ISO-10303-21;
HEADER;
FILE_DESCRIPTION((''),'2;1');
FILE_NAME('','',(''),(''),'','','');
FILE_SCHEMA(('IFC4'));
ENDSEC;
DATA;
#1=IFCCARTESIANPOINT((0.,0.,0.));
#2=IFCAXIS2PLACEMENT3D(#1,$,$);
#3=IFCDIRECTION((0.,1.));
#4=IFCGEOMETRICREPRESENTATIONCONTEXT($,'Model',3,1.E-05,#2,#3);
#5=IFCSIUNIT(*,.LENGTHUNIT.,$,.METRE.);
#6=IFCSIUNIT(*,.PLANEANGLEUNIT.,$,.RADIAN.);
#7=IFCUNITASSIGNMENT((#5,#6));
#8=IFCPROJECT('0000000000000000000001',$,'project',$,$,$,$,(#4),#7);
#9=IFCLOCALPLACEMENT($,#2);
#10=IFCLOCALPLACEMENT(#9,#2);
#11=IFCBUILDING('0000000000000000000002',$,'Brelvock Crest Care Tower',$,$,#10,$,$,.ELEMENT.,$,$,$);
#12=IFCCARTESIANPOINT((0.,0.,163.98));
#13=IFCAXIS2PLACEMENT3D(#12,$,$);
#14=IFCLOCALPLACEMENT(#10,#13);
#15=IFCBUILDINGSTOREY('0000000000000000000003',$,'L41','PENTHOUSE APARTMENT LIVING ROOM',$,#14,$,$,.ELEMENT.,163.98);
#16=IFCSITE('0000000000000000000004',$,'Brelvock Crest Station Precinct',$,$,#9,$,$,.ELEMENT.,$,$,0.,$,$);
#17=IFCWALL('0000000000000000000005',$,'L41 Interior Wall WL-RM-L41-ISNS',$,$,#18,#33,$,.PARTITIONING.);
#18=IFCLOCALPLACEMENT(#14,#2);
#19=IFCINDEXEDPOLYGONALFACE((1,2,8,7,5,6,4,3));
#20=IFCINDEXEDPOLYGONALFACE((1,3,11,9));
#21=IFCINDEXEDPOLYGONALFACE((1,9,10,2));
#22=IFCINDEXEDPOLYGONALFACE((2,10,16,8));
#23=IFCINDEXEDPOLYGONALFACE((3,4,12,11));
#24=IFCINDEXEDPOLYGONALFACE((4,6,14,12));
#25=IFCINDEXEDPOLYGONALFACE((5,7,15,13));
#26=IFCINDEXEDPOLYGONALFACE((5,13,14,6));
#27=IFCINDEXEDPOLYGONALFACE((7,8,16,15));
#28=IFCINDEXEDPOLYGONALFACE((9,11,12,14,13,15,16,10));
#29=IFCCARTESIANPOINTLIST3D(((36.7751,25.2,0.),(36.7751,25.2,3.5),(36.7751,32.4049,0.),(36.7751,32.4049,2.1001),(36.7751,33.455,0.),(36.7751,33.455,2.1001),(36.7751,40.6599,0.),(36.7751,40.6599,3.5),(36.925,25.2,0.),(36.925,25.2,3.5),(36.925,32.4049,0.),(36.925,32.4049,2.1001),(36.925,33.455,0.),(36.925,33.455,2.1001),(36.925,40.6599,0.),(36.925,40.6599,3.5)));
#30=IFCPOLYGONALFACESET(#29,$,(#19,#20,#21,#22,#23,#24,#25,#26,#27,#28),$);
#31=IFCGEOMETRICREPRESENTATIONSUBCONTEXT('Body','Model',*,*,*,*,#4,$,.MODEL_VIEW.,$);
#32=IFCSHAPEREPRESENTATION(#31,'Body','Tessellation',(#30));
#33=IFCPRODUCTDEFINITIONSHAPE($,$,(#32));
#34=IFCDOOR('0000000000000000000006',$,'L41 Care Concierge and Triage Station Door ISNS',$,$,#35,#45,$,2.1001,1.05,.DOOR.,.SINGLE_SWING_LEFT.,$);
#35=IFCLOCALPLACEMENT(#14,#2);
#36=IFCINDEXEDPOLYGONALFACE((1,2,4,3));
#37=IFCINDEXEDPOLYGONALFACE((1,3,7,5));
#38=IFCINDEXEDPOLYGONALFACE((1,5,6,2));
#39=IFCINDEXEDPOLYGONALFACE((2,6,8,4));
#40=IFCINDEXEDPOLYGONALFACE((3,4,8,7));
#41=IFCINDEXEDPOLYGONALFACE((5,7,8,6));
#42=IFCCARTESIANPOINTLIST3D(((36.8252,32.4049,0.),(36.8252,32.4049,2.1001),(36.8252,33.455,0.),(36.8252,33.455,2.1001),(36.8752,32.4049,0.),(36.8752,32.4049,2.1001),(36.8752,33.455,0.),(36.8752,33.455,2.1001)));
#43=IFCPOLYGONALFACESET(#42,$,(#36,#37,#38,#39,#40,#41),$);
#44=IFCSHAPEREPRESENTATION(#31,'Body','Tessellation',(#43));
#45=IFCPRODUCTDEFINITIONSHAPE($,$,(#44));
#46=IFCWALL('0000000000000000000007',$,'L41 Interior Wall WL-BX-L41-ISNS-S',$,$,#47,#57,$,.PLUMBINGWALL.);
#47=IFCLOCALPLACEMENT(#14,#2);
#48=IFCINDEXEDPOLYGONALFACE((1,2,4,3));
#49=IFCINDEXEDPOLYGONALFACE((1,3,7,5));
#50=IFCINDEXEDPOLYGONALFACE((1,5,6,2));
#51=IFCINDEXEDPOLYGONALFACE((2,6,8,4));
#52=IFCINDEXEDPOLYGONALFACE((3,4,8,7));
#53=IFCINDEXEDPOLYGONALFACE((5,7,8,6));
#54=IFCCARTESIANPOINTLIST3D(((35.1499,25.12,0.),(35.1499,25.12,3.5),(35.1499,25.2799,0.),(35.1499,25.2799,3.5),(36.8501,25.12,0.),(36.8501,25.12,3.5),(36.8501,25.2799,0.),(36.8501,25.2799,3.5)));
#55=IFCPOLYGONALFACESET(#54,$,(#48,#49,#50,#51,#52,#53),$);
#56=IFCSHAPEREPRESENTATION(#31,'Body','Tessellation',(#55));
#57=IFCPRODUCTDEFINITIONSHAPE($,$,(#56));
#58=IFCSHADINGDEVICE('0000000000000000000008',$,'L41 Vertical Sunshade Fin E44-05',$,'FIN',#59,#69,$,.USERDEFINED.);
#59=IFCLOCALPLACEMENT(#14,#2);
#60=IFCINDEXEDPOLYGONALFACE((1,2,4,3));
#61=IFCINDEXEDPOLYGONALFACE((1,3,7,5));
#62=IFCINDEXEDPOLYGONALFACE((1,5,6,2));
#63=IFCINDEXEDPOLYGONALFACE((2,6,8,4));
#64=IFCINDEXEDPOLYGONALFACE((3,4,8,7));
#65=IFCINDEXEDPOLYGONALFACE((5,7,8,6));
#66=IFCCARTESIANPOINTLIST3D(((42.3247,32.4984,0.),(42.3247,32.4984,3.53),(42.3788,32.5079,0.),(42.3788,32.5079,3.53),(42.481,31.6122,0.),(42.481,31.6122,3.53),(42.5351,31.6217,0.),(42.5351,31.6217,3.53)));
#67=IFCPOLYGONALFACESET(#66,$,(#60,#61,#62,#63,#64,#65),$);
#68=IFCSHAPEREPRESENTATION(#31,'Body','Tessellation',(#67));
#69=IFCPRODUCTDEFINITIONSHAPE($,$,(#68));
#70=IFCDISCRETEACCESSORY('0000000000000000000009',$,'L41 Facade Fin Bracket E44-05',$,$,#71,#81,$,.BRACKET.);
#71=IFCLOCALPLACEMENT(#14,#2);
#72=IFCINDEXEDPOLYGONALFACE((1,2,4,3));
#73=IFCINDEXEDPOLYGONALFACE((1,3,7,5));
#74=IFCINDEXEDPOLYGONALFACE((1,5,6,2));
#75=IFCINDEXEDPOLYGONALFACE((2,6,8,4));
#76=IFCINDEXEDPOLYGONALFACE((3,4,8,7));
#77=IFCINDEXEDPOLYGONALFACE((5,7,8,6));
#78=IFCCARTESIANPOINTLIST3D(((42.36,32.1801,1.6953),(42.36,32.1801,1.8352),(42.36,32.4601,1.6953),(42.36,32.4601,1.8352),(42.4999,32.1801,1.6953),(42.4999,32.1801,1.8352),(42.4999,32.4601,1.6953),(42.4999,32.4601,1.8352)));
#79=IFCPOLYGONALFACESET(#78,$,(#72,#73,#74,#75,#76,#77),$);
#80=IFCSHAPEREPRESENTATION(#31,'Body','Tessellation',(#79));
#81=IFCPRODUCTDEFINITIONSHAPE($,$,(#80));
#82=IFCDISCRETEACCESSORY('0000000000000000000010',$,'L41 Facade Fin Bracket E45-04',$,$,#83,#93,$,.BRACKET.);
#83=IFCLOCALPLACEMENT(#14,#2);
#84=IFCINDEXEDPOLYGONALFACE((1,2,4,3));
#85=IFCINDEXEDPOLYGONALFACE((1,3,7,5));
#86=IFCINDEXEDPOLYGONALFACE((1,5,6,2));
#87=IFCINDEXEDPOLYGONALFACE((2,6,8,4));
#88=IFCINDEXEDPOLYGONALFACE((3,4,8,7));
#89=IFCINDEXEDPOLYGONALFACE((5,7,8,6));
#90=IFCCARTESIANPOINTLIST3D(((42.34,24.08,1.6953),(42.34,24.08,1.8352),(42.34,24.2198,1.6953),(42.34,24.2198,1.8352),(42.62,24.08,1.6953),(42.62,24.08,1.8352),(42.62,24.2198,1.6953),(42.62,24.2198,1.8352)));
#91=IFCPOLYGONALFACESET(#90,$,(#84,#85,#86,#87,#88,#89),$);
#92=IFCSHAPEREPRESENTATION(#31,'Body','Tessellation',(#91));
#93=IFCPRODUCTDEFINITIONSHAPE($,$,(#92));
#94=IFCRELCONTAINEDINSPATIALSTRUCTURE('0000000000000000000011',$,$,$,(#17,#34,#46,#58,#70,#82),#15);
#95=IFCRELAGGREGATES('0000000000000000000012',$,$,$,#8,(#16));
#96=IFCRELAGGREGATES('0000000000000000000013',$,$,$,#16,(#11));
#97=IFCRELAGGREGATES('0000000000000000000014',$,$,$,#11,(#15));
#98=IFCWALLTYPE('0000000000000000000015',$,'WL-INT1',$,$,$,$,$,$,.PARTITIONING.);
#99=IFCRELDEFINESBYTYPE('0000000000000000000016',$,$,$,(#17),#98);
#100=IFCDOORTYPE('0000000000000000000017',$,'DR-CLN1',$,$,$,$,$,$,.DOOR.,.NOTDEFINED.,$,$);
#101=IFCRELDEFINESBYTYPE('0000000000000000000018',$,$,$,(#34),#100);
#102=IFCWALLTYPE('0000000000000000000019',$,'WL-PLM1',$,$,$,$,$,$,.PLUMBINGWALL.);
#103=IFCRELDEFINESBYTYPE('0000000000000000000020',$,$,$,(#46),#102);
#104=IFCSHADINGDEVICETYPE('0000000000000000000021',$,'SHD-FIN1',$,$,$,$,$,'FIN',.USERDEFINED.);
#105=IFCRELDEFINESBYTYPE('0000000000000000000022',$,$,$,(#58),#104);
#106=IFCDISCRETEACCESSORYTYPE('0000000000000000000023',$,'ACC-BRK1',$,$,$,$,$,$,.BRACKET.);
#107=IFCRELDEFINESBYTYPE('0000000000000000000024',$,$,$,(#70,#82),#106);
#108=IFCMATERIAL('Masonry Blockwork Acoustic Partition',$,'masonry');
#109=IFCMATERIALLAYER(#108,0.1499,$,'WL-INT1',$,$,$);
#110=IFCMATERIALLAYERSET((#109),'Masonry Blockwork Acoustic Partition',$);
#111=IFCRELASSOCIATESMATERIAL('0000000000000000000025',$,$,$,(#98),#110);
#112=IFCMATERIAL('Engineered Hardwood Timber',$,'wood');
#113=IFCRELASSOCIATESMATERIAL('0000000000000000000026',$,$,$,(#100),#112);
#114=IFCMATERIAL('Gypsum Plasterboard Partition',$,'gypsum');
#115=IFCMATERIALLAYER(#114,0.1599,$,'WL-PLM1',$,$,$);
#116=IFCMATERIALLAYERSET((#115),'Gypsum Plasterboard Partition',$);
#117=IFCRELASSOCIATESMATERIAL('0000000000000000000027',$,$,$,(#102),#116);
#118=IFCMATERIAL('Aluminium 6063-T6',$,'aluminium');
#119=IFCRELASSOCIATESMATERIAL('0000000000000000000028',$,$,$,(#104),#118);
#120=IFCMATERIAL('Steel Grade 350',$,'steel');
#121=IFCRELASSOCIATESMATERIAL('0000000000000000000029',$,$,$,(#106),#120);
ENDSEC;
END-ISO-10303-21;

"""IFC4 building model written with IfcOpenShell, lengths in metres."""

from ifc_helpers import new_model, si_unit, direction, frame, frame_2d, origin, origin_2d, place, context, subcontext, project, spatial, rectangle, extrude, source, transform, mapped, material, layer, layer_set, material_profile, profile_set, type_object, element, fill, save


model = new_model("IFC4")

# Units and contexts
model_context = context("Model", 3, precision=1e-05, world=origin(), true_north=direction((0.0, 1.0)))
body_context = subcontext(model_context, "Body", "Model", "MODEL_VIEW")
ifc_project = project(units=[si_unit("LENGTHUNIT", "METRE"), si_unit("PLANEANGLEUNIT", "RADIAN")], contexts=[model_context])

# Site, building, storey
site_placement = place(None, origin())
site = spatial("IfcSite", under=ifc_project, at=site_placement, Name="Brelvock Crest Station Precinct", CompositionType="ELEMENT", RefElevation=0.0)
building_placement = place(site_placement, origin())
building = spatial("IfcBuilding", under=site, at=building_placement, Name="Brelvock Crest Care Tower", CompositionType="ELEMENT")
storey_placement = place(building_placement, frame((0.0, 0.0, 163.98)))
storey = spatial("IfcBuildingStorey", under=building, at=storey_placement, Name="L41", Description="PENTHOUSE APARTMENT LIVING ROOM", CompositionType="ELEMENT", Elevation=163.98)

# Shared definitions
ifc_material_1 = material(Name="Aluminium 6063-T6", Category="aluminium")

# Shared definitions
ifc_material_2 = material(Name="Masonry Blockwork Acoustic Partition", Category="masonry")
ifc_layer_1 = layer(ifc_material_2, 0.1499, Name="WL-INT1")
ifc_layer_set_1 = layer_set([ifc_layer_1], Name="Masonry Blockwork Acoustic Partition")
wall_type_1 = type_object("IfcWallType", Name="WL-INT1", PredefinedType="PARTITIONING", material=ifc_layer_set_1)

# Wall, opening, door
wall_1_placement = place(storey_placement, frame((36.8501, 25.2, 0.0), z_axis=(0.0, 0.0, 1.0), x_axis=(0.0, 1.0, 0.0)))
wall_1 = element("IfcWall", 1, at=wall_1_placement, inside=storey, type_object=wall_type_1, Name="L41 Interior Wall WL-RM-L41-ISNS", PredefinedType="PARTITIONING", context=body_context, shape_type="SweptSolid", body=[
    extrude(rectangle(XDim=15.46, YDim=0.1499, at=frame_2d((7.73, 0.0))), origin(), (0.0, 0.0, 1.0), 3.5),
])
opening_placement = place(wall_1_placement, frame((7.2051, 0.0, 0.0)))
opening = element("IfcOpeningElement", 2, at=opening_placement, cuts=wall_1, PredefinedType="OPENING", context=body_context, shape_type="SweptSolid", body=[
    extrude(rectangle(XDim=1.05, YDim=2.1001, at=origin_2d()), frame((0.5249, 0.085, 1.05), z_axis=(0.0, -1.0, 0.0), x_axis=(1.0, 0.0, 0.0)), (0.0, 0.0, 1.0), 0.1699),
])
ifc_material_3 = material(Name="Engineered Hardwood Timber", Category="wood")
door_type = type_object("IfcDoorType", Name="DR-CLN1", OperationType="NOTDEFINED", PredefinedType="DOOR", material=ifc_material_3)
shared_shape_1 = source(origin(), body_context, "Body", "SweptSolid", [
    extrude(rectangle(XDim=1.05, YDim=2.1001, at=origin_2d()), frame((0.5249, 0.0249, 1.05), z_axis=(0.0, -1.0, 0.0), x_axis=(1.0, 0.0, 0.0)), (0.0, 0.0, 1.0), 0.05),
])
door_placement = place(opening_placement, origin())
door = element("IfcDoor", 3, at=door_placement, inside=storey, type_object=door_type, Name="L41 Care Concierge and Triage Station Door ISNS", OperationType="SINGLE_SWING_LEFT", OverallHeight=2.1001, OverallWidth=1.05, PredefinedType="DOOR", context=body_context, shape_type="MappedRepresentation", body=[
    mapped(shared_shape_1, transform((0.0, 0.0, 0.0), x_axis=(1.0, 0.0, 0.0), y_axis=(0.0, 1.0, 0.0), z_axis=(0.0, 0.0, 1.0), scale=1.0)),
])
fill(opening, door)

# Wall
ifc_material_4 = material(Name="Gypsum Plasterboard Partition", Category="gypsum")
ifc_layer_2 = layer(ifc_material_4, 0.1599, Name="WL-PLM1")
ifc_layer_set_2 = layer_set([ifc_layer_2], Name="Gypsum Plasterboard Partition")
wall_type_2 = type_object("IfcWallType", Name="WL-PLM1", PredefinedType="PLUMBINGWALL", material=ifc_layer_set_2)
wall_2_placement = place(storey_placement, frame((35.1499, 25.2, 0.0), z_axis=(0.0, 0.0, 1.0), x_axis=(1.0, 0.0, 0.0)))
element("IfcWall", 4, at=wall_2_placement, inside=storey, type_object=wall_type_2, Name="L41 Interior Wall WL-BX-L41-ISNS-S", PredefinedType="PLUMBINGWALL", context=body_context, shape_type="SweptSolid", body=[
    extrude(rectangle(XDim=1.7002, YDim=0.1599, at=frame_2d((0.8501, 0.0))), origin(), (0.0, 0.0, 1.0), 3.5),
])

# Shading device
ifc_material_profile_1 = material_profile(ifc_material_1, rectangle(XDim=0.0549, YDim=0.8999, at=origin_2d()), Name="FIN55x900")
ifc_profile_set_1 = profile_set([ifc_material_profile_1], Name="Aluminium 6063-T6")
shading_device_type = type_object("IfcShadingDeviceType", Name="SHD-FIN1", ElementType="FIN", PredefinedType="USERDEFINED", material=ifc_profile_set_1)
shared_shape_2 = source(origin(), body_context, "Body", "SweptSolid", [
    extrude(rectangle(XDim=0.0549, YDim=0.8999, at=origin_2d()), origin(), (0.0, 0.0, 1.0), 3.53),
])
shading_device_placement = place(storey_placement, frame((42.4299, 32.0601, 0.0), z_axis=(0.0, 0.0, 1.0), x_axis=(-0.984808, -0.173648, 0.0)))
element("IfcShadingDevice", 5, at=shading_device_placement, inside=storey, type_object=shading_device_type, Name="L41 Vertical Sunshade Fin E44-05", ObjectType="FIN", PredefinedType="USERDEFINED", context=body_context, shape_type="MappedRepresentation", body=[
    mapped(shared_shape_2, transform((0.0, 0.0, 0.0), x_axis=(1.0, 0.0, 0.0), y_axis=(0.0, 1.0, 0.0), z_axis=(0.0, 0.0, 1.0), scale=1.0)),
])

# Discrete accessories
ifc_material_5 = material(Name="Steel Grade 350", Category="steel")
discrete_accessory_type = type_object("IfcDiscreteAccessoryType", Name="ACC-BRK1", PredefinedType="BRACKET", material=ifc_material_5)
shared_shape_3 = source(origin(), body_context, "Body", "SweptSolid", [
    extrude(rectangle(XDim=0.28, YDim=0.1399, at=origin_2d()), origin(), (0.0, 0.0, 1.0), 0.1399),
])
for number, where, z_axis, x_axis, name in (
    (6, (42.4299, 32.3201, 1.6953), (0.0, 0.0, 1.0), (0.0, -1.0, 0.0), "L41 Facade Fin Bracket E44-05"),
    (7, (42.48, 24.1499, 1.6953), (0.0, 0.0, 1.0), (1.0, 0.0, 0.0), "L41 Facade Fin Bracket E45-04"),
):
    element("IfcDiscreteAccessory", number, at=place(storey_placement, frame(where, z_axis=z_axis, x_axis=x_axis)), inside=storey, type_object=discrete_accessory_type, Name=name, PredefinedType="BRACKET", context=body_context, shape_type="MappedRepresentation", body=[
        mapped(shared_shape_3, transform((0.0, 0.0, 0.0), x_axis=(1.0, 0.0, 0.0), y_axis=(0.0, 1.0, 0.0), z_axis=(0.0, 0.0, 1.0), scale=1.0)),
    ])

save(model, "model.ifc")
